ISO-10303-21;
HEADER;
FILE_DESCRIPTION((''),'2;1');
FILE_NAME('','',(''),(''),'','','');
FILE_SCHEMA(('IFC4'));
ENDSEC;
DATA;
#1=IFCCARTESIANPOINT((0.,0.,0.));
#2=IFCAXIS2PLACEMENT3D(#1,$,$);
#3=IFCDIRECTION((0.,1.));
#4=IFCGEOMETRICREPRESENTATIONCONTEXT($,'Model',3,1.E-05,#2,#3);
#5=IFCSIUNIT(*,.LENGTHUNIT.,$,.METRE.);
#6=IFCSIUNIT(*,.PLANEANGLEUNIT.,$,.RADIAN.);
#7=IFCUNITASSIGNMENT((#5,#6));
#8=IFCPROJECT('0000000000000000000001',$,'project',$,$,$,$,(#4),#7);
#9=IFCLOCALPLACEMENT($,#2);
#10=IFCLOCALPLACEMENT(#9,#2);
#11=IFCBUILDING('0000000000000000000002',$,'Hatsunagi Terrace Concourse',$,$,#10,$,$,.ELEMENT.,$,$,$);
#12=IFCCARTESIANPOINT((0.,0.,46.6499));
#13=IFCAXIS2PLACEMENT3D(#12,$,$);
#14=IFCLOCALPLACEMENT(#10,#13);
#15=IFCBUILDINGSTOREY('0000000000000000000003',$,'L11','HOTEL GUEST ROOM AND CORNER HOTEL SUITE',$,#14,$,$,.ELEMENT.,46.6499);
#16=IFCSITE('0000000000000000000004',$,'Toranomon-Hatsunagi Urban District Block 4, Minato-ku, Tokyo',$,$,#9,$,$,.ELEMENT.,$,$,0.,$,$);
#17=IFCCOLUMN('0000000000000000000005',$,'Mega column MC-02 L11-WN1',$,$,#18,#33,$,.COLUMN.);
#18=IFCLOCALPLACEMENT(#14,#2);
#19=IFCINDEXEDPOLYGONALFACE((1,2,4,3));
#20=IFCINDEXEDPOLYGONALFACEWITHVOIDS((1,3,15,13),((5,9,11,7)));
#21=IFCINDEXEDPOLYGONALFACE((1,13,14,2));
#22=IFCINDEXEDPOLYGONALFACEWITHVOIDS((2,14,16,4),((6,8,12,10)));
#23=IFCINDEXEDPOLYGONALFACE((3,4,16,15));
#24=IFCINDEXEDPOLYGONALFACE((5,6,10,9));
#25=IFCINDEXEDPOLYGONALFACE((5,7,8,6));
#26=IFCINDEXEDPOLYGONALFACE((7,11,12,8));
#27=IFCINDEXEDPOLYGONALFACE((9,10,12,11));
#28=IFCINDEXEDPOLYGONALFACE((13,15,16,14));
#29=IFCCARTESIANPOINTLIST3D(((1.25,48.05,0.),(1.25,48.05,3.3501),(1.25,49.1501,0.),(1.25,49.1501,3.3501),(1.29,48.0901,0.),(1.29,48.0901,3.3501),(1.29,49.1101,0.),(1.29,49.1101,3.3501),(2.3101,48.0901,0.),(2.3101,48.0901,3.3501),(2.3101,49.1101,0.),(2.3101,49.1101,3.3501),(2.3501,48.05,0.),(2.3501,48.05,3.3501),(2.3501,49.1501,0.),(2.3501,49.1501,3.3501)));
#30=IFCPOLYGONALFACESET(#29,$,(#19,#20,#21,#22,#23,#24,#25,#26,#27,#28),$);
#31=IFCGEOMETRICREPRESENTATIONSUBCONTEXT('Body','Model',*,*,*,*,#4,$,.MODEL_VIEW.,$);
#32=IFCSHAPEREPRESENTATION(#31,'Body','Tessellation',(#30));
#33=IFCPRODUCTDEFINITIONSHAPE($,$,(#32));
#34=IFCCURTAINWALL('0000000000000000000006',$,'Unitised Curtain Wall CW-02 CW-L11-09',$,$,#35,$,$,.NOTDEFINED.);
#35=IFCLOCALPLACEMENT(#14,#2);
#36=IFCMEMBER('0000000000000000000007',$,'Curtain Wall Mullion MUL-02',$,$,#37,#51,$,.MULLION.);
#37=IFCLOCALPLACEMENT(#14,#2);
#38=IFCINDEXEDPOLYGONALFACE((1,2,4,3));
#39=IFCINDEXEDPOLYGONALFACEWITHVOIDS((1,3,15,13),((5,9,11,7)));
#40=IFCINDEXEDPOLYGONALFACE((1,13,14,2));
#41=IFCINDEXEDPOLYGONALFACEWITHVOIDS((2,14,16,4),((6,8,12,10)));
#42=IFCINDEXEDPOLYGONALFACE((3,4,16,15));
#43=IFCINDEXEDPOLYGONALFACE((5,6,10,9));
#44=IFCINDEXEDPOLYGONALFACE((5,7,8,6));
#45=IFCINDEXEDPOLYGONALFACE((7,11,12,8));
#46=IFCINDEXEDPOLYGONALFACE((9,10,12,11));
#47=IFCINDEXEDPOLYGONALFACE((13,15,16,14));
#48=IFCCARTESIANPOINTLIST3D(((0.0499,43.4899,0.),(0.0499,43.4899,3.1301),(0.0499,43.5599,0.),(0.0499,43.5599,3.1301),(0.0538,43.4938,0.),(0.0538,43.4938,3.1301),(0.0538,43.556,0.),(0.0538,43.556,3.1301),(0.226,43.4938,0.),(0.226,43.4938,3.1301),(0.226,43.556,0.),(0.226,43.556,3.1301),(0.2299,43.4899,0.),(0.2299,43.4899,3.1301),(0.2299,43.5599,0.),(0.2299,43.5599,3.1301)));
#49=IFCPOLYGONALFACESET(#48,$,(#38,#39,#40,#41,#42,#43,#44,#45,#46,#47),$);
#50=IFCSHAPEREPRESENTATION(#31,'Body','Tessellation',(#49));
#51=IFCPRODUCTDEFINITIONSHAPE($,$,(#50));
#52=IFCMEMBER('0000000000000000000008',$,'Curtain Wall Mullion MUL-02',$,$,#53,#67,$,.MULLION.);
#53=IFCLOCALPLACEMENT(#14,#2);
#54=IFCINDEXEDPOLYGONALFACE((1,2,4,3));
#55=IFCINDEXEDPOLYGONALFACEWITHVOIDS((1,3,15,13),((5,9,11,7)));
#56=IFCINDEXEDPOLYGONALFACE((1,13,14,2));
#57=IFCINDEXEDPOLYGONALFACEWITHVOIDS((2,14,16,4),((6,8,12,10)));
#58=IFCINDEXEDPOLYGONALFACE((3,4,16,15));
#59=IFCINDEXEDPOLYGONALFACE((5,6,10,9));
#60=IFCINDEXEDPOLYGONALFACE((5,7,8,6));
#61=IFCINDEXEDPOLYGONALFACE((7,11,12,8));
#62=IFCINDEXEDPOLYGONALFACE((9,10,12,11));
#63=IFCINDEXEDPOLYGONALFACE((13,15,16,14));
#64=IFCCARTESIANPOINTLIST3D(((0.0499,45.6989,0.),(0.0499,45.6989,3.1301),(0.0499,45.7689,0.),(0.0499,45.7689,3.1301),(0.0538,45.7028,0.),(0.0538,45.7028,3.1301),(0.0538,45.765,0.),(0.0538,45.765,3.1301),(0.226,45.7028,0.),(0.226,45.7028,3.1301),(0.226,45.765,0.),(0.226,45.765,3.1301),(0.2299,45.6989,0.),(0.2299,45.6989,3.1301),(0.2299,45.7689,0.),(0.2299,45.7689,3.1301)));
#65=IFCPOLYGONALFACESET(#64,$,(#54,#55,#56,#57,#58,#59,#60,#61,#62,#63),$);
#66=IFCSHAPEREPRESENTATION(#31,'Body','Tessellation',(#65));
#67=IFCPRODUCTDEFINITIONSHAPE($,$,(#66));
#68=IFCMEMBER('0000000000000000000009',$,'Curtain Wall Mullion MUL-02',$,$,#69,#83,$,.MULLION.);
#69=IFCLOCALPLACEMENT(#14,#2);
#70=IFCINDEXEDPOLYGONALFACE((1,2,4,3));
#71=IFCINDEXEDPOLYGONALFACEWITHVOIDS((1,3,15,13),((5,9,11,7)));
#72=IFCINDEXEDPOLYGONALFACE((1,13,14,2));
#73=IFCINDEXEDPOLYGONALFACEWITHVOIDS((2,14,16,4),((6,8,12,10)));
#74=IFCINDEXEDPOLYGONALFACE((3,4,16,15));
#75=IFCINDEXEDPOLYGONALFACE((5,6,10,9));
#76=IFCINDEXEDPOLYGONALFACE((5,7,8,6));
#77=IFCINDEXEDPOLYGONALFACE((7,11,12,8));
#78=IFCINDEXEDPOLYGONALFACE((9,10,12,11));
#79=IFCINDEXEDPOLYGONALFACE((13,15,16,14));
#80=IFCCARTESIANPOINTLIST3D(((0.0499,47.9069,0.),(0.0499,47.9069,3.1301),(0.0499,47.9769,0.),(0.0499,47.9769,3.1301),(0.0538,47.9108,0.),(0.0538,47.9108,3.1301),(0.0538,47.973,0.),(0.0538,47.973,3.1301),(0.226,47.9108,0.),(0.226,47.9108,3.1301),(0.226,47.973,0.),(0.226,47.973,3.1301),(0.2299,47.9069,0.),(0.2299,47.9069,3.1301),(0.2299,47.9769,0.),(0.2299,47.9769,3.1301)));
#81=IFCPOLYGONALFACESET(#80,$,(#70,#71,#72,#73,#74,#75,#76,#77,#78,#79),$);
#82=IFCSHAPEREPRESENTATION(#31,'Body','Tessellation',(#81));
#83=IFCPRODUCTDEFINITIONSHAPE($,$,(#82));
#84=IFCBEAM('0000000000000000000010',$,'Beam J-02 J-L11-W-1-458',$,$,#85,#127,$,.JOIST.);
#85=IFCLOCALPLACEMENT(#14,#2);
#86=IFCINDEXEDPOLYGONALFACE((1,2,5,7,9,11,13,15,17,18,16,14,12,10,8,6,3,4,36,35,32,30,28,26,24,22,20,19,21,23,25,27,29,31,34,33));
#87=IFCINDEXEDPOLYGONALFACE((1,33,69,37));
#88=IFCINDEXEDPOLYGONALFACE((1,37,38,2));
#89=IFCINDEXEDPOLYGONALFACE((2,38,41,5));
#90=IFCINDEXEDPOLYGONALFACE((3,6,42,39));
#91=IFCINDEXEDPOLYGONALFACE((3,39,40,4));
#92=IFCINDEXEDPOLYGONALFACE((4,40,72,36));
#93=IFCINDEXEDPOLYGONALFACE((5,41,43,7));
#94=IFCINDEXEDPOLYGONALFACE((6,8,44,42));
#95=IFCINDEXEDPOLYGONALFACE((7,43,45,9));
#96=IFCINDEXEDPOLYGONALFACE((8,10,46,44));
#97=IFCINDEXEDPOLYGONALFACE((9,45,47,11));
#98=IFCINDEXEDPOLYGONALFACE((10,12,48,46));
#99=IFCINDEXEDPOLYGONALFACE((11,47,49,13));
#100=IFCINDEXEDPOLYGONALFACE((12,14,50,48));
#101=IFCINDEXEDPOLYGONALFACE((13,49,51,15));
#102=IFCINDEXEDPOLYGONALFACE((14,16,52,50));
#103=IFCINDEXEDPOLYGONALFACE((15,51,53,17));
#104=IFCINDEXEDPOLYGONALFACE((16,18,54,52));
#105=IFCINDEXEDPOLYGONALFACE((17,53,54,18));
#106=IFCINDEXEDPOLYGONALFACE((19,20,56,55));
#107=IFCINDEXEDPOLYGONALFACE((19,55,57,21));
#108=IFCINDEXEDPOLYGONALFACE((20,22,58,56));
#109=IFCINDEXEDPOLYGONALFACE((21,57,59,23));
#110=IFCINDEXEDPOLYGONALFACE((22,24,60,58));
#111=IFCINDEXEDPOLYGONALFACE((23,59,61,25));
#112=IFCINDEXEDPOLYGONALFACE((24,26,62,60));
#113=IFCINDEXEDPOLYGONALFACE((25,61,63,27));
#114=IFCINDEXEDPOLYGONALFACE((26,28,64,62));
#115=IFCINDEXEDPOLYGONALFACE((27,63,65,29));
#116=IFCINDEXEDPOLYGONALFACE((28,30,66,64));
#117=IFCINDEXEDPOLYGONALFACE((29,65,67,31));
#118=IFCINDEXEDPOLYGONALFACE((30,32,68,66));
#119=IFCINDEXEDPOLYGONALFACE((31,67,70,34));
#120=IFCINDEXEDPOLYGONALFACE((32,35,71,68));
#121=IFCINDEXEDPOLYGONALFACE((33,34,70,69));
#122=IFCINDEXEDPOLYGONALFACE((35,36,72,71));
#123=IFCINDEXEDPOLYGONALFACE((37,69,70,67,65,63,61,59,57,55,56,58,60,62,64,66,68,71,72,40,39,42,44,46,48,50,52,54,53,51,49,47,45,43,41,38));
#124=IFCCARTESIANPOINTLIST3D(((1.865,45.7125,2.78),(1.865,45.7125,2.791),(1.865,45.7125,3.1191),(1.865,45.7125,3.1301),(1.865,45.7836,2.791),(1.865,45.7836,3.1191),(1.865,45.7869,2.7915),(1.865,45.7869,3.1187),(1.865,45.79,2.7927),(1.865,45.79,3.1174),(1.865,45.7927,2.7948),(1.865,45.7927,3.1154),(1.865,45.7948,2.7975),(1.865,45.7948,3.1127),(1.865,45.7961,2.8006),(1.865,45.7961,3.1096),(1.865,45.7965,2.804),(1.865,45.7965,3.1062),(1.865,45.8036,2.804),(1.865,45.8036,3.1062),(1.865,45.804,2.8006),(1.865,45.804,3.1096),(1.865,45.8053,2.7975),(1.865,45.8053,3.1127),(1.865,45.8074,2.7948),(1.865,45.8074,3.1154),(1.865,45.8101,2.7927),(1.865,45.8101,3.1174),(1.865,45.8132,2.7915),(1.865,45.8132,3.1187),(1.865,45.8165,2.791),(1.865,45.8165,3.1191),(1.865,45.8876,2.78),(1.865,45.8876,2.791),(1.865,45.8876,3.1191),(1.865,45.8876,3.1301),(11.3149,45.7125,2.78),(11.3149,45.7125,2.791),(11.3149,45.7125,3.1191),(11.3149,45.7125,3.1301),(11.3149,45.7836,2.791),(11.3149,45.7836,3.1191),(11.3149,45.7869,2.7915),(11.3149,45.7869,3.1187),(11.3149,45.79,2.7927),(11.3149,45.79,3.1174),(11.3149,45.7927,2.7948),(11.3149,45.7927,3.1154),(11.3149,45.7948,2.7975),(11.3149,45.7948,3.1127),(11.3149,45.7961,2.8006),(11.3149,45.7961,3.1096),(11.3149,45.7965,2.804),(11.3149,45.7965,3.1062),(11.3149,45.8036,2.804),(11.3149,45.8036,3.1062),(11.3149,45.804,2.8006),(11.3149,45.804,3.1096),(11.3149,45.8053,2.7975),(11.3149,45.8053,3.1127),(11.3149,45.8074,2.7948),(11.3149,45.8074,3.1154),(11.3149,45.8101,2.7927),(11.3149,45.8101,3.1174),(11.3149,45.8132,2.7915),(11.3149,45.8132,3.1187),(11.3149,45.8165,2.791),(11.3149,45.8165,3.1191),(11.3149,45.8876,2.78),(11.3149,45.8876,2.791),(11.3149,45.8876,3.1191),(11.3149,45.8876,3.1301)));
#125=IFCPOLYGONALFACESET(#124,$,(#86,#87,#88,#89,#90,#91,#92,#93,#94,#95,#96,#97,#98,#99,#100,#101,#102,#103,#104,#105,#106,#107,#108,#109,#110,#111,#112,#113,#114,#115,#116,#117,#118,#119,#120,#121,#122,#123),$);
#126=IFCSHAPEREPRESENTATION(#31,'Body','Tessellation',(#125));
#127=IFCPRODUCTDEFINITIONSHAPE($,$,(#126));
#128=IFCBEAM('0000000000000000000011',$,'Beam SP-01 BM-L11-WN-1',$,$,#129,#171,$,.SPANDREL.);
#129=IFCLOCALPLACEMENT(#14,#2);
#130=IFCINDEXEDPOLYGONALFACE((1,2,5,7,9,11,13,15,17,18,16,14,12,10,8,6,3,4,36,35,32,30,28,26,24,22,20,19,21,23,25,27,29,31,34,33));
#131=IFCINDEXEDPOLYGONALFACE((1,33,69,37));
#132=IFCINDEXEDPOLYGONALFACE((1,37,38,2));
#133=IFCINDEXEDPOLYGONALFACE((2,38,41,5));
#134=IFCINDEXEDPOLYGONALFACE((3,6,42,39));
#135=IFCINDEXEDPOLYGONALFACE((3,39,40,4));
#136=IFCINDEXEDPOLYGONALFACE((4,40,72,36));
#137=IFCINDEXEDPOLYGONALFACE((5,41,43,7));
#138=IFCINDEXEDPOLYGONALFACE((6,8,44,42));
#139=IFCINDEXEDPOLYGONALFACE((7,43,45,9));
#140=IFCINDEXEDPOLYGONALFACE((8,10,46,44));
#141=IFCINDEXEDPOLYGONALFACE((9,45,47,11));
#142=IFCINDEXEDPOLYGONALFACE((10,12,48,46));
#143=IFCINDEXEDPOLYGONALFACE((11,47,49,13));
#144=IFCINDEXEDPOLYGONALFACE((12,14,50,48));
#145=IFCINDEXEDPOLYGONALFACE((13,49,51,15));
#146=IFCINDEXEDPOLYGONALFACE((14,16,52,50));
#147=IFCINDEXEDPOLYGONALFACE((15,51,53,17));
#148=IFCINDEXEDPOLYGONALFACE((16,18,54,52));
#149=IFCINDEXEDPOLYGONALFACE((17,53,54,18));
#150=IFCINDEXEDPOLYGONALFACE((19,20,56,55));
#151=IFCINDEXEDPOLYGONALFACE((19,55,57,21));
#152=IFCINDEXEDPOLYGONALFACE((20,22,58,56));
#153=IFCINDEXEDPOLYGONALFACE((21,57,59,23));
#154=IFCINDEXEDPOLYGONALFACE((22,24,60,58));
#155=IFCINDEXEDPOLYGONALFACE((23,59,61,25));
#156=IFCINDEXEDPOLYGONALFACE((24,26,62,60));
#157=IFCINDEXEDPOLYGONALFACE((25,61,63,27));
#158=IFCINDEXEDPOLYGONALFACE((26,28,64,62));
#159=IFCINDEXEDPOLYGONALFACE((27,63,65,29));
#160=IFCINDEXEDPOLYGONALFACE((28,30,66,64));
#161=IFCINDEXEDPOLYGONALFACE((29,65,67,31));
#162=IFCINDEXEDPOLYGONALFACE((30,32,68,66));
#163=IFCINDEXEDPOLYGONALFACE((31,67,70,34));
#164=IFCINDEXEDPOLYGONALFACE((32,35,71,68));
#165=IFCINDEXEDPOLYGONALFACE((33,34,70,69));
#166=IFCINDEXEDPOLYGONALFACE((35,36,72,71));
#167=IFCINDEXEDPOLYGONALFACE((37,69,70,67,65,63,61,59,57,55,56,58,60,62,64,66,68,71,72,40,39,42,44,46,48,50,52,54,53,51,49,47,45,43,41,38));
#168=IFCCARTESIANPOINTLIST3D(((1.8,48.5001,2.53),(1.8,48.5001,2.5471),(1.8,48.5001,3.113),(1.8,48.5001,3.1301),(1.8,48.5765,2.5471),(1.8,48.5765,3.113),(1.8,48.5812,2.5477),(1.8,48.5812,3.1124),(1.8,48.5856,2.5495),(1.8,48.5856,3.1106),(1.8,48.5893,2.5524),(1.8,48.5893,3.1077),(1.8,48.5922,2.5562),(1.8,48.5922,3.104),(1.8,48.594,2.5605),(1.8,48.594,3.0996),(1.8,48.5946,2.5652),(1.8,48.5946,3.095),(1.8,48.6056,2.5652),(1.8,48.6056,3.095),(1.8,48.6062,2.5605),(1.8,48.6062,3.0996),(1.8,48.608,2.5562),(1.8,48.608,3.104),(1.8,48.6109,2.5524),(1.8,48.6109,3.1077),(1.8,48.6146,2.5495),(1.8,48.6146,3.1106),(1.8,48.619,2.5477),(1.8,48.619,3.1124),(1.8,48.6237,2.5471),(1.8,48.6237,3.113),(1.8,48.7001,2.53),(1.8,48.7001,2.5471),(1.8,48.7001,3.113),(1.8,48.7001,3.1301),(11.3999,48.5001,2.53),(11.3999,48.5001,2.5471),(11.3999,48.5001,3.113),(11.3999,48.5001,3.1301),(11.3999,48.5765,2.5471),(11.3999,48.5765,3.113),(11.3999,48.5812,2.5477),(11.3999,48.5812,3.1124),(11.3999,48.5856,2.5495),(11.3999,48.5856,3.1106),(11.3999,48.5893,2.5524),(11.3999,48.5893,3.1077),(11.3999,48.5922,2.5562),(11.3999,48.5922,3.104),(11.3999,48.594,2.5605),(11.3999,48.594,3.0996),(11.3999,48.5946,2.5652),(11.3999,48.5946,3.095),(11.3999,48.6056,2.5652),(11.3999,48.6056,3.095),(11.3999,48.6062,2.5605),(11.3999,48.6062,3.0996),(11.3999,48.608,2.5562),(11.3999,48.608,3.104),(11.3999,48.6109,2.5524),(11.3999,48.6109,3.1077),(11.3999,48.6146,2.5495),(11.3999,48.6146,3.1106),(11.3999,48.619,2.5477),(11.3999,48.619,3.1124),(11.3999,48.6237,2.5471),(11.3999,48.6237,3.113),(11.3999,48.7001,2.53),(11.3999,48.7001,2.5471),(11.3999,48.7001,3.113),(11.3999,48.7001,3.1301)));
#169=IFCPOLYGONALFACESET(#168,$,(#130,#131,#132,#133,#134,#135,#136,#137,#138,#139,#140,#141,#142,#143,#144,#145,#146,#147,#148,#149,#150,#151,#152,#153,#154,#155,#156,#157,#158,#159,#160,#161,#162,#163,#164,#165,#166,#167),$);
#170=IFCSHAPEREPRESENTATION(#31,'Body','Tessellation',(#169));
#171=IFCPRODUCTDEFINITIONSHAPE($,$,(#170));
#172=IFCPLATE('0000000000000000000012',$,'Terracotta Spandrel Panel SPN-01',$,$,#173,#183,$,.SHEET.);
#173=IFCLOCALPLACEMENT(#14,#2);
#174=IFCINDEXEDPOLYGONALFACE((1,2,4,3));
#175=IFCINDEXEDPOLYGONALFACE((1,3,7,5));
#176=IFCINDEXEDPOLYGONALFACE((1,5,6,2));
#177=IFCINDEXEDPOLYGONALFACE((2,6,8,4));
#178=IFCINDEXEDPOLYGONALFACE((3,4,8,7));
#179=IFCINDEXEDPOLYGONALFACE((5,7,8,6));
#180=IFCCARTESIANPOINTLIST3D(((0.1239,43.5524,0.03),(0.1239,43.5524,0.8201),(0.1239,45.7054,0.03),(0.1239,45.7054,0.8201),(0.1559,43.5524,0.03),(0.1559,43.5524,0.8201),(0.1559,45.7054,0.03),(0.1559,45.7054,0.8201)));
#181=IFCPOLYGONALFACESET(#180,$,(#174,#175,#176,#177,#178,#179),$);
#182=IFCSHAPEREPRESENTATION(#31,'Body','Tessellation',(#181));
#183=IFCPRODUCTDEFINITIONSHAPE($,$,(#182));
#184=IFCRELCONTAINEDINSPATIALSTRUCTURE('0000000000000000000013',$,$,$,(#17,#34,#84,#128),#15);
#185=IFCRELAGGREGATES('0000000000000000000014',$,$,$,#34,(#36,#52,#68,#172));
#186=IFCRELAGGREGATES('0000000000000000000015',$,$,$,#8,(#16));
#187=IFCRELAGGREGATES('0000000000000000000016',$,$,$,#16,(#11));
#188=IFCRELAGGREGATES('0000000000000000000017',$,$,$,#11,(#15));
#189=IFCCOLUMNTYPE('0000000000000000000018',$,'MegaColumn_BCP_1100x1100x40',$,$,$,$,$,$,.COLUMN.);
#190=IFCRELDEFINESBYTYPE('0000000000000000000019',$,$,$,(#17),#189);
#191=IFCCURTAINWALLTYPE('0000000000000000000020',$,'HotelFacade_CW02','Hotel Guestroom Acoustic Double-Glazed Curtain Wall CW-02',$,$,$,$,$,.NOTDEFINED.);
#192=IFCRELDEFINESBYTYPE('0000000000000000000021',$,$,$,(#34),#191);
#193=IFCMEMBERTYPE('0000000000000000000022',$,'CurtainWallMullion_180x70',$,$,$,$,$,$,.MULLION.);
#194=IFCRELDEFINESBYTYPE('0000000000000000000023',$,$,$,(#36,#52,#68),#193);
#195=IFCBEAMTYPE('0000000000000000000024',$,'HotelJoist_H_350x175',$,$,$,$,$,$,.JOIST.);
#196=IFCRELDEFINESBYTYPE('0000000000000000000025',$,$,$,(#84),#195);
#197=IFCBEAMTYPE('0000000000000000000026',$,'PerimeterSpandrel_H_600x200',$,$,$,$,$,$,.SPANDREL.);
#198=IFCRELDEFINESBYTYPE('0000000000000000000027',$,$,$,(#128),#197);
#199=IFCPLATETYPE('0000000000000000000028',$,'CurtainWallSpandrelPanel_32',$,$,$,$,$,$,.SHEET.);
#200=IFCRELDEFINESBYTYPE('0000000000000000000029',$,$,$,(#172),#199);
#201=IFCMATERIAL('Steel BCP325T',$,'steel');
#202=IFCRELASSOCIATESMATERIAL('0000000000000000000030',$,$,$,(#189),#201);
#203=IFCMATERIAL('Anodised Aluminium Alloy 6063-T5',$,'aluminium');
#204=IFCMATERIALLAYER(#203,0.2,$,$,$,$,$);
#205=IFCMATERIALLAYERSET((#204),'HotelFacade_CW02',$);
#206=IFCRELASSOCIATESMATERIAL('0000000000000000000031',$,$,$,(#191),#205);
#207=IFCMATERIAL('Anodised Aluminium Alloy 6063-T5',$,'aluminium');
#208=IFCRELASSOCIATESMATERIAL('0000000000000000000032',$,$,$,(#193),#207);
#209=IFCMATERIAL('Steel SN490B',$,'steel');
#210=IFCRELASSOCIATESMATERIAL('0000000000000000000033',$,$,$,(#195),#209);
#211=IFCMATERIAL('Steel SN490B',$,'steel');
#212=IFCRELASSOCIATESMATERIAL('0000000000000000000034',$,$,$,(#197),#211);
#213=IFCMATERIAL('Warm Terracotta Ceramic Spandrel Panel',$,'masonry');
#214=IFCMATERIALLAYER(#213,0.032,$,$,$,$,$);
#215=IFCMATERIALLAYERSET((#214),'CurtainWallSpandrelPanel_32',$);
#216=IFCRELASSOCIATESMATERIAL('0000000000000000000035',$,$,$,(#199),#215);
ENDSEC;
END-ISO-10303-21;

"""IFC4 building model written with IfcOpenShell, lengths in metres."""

from ifc_helpers import new_model, si_unit, direction, frame, origin, origin_2d, place, context, subcontext, project, spatial, rectangle, hollow_rectangle, i_section, extrude, material, layer, layer_set, material_profile, profile_set, type_object, element, aggregate, save


model = new_model("IFC4")

# Units and contexts
model_context = context("Model", 3, precision=1e-05, world=origin(), true_north=direction((0.0, 1.0)))
body_context = subcontext(model_context, "Body", "Model", "MODEL_VIEW")
ifc_project = project(units=[si_unit("LENGTHUNIT", "METRE"), si_unit("PLANEANGLEUNIT", "RADIAN")], contexts=[model_context])

# Site, building, storey
site_placement = place(None, origin())
site = spatial("IfcSite", under=ifc_project, at=site_placement, Name="Toranomon-Hatsunagi Urban District Block 4, Minato-ku, Tokyo", CompositionType="ELEMENT", RefElevation=0.0)
building_placement = place(site_placement, origin())
building = spatial("IfcBuilding", under=site, at=building_placement, Name="Hatsunagi Terrace Concourse", CompositionType="ELEMENT")
storey_placement = place(building_placement, frame((0.0, 0.0, 46.6499)))
storey = spatial("IfcBuildingStorey", under=building, at=storey_placement, Name="L11", Description="HOTEL GUEST ROOM AND CORNER HOTEL SUITE", CompositionType="ELEMENT", Elevation=46.6499)

# Column
ifc_material_1 = material(Name="Steel BCP325T", Category="steel")
ifc_material_profile_1 = material_profile(ifc_material_1, hollow_rectangle(XDim=1.1001, YDim=1.1001, WallThickness=0.04, at=origin_2d()), Name="BCP-1100x1100x40")
ifc_profile_set_1 = profile_set([ifc_material_profile_1], Name="Steel BCP325T")
column_type = type_object("IfcColumnType", Name="MegaColumn_BCP_1100x1100x40", PredefinedType="COLUMN", material=ifc_profile_set_1)
column_placement = place(storey_placement, frame((1.8, 48.6001, 0.0), z_axis=(0.0, 0.0, 1.0), x_axis=(1.0, 0.0, 0.0)))
element("IfcColumn", 1, at=column_placement, inside=storey, type_object=column_type, Name="Mega column MC-02 L11-WN1", PredefinedType="COLUMN", context=body_context, shape_type="SweptSolid", body=[
    extrude(hollow_rectangle(XDim=1.1001, YDim=1.1001, WallThickness=0.04, at=origin_2d()), origin(), (0.0, 0.0, 1.0), 3.3501),
])

# Curtain wall, members
ifc_material_2 = material(Name="Anodised Aluminium Alloy 6063-T5", Category="aluminium")
ifc_layer_1 = layer(ifc_material_2, 0.2)
ifc_layer_set_1 = layer_set([ifc_layer_1], Name="HotelFacade_CW02")
curtain_wall_type = type_object("IfcCurtainWallType", Name="HotelFacade_CW02", Description="Hotel Guestroom Acoustic Double-Glazed Curtain Wall CW-02", PredefinedType="NOTDEFINED", material=ifc_layer_set_1)
curtain_wall_placement = place(storey_placement, origin())
curtain_wall = element("IfcCurtainWall", 2, at=curtain_wall_placement, inside=storey, type_object=curtain_wall_type, Name="Unitised Curtain Wall CW-02 CW-L11-09", PredefinedType="NOTDEFINED")
ifc_material_3 = material(Name="Anodised Aluminium Alloy 6063-T5", Category="aluminium")
ifc_material_profile_2 = material_profile(ifc_material_3, hollow_rectangle(XDim=0.0701, YDim=0.1799, WallThickness=0.0039, at=origin_2d()), Name="ALU-MUL-180x70x4")
ifc_profile_set_2 = profile_set([ifc_material_profile_2], Name="Anodised Aluminium Alloy 6063-T5")
member_type = type_object("IfcMemberType", Name="CurtainWallMullion_180x70", PredefinedType="MULLION", material=ifc_profile_set_2)
member_1_placement = place(storey_placement, frame((0.1399, 43.5249, 0.0), z_axis=(0.0, 0.0, 1.0), x_axis=(0.0, 1.0, 0.0)))
member_1 = element("IfcMember", 3, at=member_1_placement, type_object=member_type, Name="Curtain Wall Mullion MUL-02", PredefinedType="MULLION", context=body_context, shape_type="SweptSolid", body=[
    extrude(hollow_rectangle(XDim=0.0701, YDim=0.1799, WallThickness=0.0039, at=origin_2d()), origin(), (0.0, 0.0, 1.0), 3.1301),
])
member_2_placement = place(storey_placement, frame((0.1399, 45.7339, 0.0), z_axis=(0.0, 0.0, 1.0), x_axis=(0.0, 1.0, 0.0)))
member_2 = element("IfcMember", 4, at=member_2_placement, type_object=member_type, Name="Curtain Wall Mullion MUL-02", PredefinedType="MULLION", context=body_context, shape_type="SweptSolid", body=[
    extrude(hollow_rectangle(XDim=0.0701, YDim=0.1799, WallThickness=0.0039, at=origin_2d()), origin(), (0.0, 0.0, 1.0), 3.1301),
])
member_3_placement = place(storey_placement, frame((0.1399, 47.9419, 0.0), z_axis=(0.0, 0.0, 1.0), x_axis=(0.0, 1.0, 0.0)))
member_3 = element("IfcMember", 5, at=member_3_placement, type_object=member_type, Name="Curtain Wall Mullion MUL-02", PredefinedType="MULLION", context=body_context, shape_type="SweptSolid", body=[
    extrude(hollow_rectangle(XDim=0.0701, YDim=0.1799, WallThickness=0.0039, at=origin_2d()), origin(), (0.0, 0.0, 1.0), 3.1301),
])

# Beams
ifc_material_4 = material(Name="Steel SN490B", Category="steel")
ifc_material_profile_3 = material_profile(ifc_material_4, i_section(OverallWidth=0.175, OverallDepth=0.3501, WebThickness=0.0071, FlangeThickness=0.011, FilletRadius=0.0129, at=origin_2d()), Name="H-350x175x7x11")
ifc_profile_set_3 = profile_set([ifc_material_profile_3], Name="Steel SN490B")
beam_type_1 = type_object("IfcBeamType", Name="HotelJoist_H_350x175", PredefinedType="JOIST", material=ifc_profile_set_3)
beam_1_placement = place(storey_placement, frame((1.865, 45.8, 2.9551), z_axis=(1.0, 0.0, 0.0), x_axis=(0.0, 1.0, 0.0)))
element("IfcBeam", 6, at=beam_1_placement, inside=storey, type_object=beam_type_1, Name="Beam J-02 J-L11-W-1-458", PredefinedType="JOIST", context=body_context, shape_type="SweptSolid", body=[
    extrude(i_section(OverallWidth=0.175, OverallDepth=0.3501, WebThickness=0.0071, FlangeThickness=0.011, FilletRadius=0.0129, at=origin_2d()), origin(), (0.0, 0.0, 1.0), 9.45),
])
ifc_material_5 = material(Name="Steel SN490B", Category="steel")
ifc_material_profile_4 = material_profile(ifc_material_5, i_section(OverallWidth=0.2, OverallDepth=0.6001, WebThickness=0.011, FlangeThickness=0.0171, FilletRadius=0.0181, at=origin_2d()), Name="H-600x200x11x17")
ifc_profile_set_4 = profile_set([ifc_material_profile_4], Name="Steel SN490B")
beam_type_2 = type_object("IfcBeamType", Name="PerimeterSpandrel_H_600x200", PredefinedType="SPANDREL", material=ifc_profile_set_4)
beam_2_placement = place(storey_placement, frame((1.8, 48.6001, 2.8301), z_axis=(1.0, 0.0, 0.0), x_axis=(0.0, 1.0, 0.0)))
element("IfcBeam", 7, at=beam_2_placement, inside=storey, type_object=beam_type_2, Name="Beam SP-01 BM-L11-WN-1", PredefinedType="SPANDREL", context=body_context, shape_type="SweptSolid", body=[
    extrude(i_section(OverallWidth=0.2, OverallDepth=0.6001, WebThickness=0.011, FlangeThickness=0.0171, FilletRadius=0.0181, at=origin_2d()), origin(), (0.0, 0.0, 1.0), 9.5999),
])

# Plate
ifc_material_6 = material(Name="Warm Terracotta Ceramic Spandrel Panel", Category="masonry")
ifc_layer_2 = layer(ifc_material_6, 0.032)
ifc_layer_set_2 = layer_set([ifc_layer_2], Name="CurtainWallSpandrelPanel_32")
plate_type_1 = type_object("IfcPlateType", Name="CurtainWallSpandrelPanel_32", PredefinedType="SHEET", material=ifc_layer_set_2)
plate_1_placement = place(storey_placement, frame((0.1399, 44.6289, 0.03), z_axis=(0.0, 0.0, 1.0), x_axis=(0.0, 1.0, 0.0)))
plate_1 = element("IfcPlate", 8, at=plate_1_placement, type_object=plate_type_1, Name="Terracotta Spandrel Panel SPN-01", PredefinedType="SHEET", context=body_context, shape_type="SweptSolid", body=[
    extrude(rectangle(XDim=2.1531, YDim=0.032, at=origin_2d()), origin(), (0.0, 0.0, 1.0), 0.79),
])
aggregate(curtain_wall, [member_1, member_2, member_3, plate_1])

save(model, "model.ifc")
